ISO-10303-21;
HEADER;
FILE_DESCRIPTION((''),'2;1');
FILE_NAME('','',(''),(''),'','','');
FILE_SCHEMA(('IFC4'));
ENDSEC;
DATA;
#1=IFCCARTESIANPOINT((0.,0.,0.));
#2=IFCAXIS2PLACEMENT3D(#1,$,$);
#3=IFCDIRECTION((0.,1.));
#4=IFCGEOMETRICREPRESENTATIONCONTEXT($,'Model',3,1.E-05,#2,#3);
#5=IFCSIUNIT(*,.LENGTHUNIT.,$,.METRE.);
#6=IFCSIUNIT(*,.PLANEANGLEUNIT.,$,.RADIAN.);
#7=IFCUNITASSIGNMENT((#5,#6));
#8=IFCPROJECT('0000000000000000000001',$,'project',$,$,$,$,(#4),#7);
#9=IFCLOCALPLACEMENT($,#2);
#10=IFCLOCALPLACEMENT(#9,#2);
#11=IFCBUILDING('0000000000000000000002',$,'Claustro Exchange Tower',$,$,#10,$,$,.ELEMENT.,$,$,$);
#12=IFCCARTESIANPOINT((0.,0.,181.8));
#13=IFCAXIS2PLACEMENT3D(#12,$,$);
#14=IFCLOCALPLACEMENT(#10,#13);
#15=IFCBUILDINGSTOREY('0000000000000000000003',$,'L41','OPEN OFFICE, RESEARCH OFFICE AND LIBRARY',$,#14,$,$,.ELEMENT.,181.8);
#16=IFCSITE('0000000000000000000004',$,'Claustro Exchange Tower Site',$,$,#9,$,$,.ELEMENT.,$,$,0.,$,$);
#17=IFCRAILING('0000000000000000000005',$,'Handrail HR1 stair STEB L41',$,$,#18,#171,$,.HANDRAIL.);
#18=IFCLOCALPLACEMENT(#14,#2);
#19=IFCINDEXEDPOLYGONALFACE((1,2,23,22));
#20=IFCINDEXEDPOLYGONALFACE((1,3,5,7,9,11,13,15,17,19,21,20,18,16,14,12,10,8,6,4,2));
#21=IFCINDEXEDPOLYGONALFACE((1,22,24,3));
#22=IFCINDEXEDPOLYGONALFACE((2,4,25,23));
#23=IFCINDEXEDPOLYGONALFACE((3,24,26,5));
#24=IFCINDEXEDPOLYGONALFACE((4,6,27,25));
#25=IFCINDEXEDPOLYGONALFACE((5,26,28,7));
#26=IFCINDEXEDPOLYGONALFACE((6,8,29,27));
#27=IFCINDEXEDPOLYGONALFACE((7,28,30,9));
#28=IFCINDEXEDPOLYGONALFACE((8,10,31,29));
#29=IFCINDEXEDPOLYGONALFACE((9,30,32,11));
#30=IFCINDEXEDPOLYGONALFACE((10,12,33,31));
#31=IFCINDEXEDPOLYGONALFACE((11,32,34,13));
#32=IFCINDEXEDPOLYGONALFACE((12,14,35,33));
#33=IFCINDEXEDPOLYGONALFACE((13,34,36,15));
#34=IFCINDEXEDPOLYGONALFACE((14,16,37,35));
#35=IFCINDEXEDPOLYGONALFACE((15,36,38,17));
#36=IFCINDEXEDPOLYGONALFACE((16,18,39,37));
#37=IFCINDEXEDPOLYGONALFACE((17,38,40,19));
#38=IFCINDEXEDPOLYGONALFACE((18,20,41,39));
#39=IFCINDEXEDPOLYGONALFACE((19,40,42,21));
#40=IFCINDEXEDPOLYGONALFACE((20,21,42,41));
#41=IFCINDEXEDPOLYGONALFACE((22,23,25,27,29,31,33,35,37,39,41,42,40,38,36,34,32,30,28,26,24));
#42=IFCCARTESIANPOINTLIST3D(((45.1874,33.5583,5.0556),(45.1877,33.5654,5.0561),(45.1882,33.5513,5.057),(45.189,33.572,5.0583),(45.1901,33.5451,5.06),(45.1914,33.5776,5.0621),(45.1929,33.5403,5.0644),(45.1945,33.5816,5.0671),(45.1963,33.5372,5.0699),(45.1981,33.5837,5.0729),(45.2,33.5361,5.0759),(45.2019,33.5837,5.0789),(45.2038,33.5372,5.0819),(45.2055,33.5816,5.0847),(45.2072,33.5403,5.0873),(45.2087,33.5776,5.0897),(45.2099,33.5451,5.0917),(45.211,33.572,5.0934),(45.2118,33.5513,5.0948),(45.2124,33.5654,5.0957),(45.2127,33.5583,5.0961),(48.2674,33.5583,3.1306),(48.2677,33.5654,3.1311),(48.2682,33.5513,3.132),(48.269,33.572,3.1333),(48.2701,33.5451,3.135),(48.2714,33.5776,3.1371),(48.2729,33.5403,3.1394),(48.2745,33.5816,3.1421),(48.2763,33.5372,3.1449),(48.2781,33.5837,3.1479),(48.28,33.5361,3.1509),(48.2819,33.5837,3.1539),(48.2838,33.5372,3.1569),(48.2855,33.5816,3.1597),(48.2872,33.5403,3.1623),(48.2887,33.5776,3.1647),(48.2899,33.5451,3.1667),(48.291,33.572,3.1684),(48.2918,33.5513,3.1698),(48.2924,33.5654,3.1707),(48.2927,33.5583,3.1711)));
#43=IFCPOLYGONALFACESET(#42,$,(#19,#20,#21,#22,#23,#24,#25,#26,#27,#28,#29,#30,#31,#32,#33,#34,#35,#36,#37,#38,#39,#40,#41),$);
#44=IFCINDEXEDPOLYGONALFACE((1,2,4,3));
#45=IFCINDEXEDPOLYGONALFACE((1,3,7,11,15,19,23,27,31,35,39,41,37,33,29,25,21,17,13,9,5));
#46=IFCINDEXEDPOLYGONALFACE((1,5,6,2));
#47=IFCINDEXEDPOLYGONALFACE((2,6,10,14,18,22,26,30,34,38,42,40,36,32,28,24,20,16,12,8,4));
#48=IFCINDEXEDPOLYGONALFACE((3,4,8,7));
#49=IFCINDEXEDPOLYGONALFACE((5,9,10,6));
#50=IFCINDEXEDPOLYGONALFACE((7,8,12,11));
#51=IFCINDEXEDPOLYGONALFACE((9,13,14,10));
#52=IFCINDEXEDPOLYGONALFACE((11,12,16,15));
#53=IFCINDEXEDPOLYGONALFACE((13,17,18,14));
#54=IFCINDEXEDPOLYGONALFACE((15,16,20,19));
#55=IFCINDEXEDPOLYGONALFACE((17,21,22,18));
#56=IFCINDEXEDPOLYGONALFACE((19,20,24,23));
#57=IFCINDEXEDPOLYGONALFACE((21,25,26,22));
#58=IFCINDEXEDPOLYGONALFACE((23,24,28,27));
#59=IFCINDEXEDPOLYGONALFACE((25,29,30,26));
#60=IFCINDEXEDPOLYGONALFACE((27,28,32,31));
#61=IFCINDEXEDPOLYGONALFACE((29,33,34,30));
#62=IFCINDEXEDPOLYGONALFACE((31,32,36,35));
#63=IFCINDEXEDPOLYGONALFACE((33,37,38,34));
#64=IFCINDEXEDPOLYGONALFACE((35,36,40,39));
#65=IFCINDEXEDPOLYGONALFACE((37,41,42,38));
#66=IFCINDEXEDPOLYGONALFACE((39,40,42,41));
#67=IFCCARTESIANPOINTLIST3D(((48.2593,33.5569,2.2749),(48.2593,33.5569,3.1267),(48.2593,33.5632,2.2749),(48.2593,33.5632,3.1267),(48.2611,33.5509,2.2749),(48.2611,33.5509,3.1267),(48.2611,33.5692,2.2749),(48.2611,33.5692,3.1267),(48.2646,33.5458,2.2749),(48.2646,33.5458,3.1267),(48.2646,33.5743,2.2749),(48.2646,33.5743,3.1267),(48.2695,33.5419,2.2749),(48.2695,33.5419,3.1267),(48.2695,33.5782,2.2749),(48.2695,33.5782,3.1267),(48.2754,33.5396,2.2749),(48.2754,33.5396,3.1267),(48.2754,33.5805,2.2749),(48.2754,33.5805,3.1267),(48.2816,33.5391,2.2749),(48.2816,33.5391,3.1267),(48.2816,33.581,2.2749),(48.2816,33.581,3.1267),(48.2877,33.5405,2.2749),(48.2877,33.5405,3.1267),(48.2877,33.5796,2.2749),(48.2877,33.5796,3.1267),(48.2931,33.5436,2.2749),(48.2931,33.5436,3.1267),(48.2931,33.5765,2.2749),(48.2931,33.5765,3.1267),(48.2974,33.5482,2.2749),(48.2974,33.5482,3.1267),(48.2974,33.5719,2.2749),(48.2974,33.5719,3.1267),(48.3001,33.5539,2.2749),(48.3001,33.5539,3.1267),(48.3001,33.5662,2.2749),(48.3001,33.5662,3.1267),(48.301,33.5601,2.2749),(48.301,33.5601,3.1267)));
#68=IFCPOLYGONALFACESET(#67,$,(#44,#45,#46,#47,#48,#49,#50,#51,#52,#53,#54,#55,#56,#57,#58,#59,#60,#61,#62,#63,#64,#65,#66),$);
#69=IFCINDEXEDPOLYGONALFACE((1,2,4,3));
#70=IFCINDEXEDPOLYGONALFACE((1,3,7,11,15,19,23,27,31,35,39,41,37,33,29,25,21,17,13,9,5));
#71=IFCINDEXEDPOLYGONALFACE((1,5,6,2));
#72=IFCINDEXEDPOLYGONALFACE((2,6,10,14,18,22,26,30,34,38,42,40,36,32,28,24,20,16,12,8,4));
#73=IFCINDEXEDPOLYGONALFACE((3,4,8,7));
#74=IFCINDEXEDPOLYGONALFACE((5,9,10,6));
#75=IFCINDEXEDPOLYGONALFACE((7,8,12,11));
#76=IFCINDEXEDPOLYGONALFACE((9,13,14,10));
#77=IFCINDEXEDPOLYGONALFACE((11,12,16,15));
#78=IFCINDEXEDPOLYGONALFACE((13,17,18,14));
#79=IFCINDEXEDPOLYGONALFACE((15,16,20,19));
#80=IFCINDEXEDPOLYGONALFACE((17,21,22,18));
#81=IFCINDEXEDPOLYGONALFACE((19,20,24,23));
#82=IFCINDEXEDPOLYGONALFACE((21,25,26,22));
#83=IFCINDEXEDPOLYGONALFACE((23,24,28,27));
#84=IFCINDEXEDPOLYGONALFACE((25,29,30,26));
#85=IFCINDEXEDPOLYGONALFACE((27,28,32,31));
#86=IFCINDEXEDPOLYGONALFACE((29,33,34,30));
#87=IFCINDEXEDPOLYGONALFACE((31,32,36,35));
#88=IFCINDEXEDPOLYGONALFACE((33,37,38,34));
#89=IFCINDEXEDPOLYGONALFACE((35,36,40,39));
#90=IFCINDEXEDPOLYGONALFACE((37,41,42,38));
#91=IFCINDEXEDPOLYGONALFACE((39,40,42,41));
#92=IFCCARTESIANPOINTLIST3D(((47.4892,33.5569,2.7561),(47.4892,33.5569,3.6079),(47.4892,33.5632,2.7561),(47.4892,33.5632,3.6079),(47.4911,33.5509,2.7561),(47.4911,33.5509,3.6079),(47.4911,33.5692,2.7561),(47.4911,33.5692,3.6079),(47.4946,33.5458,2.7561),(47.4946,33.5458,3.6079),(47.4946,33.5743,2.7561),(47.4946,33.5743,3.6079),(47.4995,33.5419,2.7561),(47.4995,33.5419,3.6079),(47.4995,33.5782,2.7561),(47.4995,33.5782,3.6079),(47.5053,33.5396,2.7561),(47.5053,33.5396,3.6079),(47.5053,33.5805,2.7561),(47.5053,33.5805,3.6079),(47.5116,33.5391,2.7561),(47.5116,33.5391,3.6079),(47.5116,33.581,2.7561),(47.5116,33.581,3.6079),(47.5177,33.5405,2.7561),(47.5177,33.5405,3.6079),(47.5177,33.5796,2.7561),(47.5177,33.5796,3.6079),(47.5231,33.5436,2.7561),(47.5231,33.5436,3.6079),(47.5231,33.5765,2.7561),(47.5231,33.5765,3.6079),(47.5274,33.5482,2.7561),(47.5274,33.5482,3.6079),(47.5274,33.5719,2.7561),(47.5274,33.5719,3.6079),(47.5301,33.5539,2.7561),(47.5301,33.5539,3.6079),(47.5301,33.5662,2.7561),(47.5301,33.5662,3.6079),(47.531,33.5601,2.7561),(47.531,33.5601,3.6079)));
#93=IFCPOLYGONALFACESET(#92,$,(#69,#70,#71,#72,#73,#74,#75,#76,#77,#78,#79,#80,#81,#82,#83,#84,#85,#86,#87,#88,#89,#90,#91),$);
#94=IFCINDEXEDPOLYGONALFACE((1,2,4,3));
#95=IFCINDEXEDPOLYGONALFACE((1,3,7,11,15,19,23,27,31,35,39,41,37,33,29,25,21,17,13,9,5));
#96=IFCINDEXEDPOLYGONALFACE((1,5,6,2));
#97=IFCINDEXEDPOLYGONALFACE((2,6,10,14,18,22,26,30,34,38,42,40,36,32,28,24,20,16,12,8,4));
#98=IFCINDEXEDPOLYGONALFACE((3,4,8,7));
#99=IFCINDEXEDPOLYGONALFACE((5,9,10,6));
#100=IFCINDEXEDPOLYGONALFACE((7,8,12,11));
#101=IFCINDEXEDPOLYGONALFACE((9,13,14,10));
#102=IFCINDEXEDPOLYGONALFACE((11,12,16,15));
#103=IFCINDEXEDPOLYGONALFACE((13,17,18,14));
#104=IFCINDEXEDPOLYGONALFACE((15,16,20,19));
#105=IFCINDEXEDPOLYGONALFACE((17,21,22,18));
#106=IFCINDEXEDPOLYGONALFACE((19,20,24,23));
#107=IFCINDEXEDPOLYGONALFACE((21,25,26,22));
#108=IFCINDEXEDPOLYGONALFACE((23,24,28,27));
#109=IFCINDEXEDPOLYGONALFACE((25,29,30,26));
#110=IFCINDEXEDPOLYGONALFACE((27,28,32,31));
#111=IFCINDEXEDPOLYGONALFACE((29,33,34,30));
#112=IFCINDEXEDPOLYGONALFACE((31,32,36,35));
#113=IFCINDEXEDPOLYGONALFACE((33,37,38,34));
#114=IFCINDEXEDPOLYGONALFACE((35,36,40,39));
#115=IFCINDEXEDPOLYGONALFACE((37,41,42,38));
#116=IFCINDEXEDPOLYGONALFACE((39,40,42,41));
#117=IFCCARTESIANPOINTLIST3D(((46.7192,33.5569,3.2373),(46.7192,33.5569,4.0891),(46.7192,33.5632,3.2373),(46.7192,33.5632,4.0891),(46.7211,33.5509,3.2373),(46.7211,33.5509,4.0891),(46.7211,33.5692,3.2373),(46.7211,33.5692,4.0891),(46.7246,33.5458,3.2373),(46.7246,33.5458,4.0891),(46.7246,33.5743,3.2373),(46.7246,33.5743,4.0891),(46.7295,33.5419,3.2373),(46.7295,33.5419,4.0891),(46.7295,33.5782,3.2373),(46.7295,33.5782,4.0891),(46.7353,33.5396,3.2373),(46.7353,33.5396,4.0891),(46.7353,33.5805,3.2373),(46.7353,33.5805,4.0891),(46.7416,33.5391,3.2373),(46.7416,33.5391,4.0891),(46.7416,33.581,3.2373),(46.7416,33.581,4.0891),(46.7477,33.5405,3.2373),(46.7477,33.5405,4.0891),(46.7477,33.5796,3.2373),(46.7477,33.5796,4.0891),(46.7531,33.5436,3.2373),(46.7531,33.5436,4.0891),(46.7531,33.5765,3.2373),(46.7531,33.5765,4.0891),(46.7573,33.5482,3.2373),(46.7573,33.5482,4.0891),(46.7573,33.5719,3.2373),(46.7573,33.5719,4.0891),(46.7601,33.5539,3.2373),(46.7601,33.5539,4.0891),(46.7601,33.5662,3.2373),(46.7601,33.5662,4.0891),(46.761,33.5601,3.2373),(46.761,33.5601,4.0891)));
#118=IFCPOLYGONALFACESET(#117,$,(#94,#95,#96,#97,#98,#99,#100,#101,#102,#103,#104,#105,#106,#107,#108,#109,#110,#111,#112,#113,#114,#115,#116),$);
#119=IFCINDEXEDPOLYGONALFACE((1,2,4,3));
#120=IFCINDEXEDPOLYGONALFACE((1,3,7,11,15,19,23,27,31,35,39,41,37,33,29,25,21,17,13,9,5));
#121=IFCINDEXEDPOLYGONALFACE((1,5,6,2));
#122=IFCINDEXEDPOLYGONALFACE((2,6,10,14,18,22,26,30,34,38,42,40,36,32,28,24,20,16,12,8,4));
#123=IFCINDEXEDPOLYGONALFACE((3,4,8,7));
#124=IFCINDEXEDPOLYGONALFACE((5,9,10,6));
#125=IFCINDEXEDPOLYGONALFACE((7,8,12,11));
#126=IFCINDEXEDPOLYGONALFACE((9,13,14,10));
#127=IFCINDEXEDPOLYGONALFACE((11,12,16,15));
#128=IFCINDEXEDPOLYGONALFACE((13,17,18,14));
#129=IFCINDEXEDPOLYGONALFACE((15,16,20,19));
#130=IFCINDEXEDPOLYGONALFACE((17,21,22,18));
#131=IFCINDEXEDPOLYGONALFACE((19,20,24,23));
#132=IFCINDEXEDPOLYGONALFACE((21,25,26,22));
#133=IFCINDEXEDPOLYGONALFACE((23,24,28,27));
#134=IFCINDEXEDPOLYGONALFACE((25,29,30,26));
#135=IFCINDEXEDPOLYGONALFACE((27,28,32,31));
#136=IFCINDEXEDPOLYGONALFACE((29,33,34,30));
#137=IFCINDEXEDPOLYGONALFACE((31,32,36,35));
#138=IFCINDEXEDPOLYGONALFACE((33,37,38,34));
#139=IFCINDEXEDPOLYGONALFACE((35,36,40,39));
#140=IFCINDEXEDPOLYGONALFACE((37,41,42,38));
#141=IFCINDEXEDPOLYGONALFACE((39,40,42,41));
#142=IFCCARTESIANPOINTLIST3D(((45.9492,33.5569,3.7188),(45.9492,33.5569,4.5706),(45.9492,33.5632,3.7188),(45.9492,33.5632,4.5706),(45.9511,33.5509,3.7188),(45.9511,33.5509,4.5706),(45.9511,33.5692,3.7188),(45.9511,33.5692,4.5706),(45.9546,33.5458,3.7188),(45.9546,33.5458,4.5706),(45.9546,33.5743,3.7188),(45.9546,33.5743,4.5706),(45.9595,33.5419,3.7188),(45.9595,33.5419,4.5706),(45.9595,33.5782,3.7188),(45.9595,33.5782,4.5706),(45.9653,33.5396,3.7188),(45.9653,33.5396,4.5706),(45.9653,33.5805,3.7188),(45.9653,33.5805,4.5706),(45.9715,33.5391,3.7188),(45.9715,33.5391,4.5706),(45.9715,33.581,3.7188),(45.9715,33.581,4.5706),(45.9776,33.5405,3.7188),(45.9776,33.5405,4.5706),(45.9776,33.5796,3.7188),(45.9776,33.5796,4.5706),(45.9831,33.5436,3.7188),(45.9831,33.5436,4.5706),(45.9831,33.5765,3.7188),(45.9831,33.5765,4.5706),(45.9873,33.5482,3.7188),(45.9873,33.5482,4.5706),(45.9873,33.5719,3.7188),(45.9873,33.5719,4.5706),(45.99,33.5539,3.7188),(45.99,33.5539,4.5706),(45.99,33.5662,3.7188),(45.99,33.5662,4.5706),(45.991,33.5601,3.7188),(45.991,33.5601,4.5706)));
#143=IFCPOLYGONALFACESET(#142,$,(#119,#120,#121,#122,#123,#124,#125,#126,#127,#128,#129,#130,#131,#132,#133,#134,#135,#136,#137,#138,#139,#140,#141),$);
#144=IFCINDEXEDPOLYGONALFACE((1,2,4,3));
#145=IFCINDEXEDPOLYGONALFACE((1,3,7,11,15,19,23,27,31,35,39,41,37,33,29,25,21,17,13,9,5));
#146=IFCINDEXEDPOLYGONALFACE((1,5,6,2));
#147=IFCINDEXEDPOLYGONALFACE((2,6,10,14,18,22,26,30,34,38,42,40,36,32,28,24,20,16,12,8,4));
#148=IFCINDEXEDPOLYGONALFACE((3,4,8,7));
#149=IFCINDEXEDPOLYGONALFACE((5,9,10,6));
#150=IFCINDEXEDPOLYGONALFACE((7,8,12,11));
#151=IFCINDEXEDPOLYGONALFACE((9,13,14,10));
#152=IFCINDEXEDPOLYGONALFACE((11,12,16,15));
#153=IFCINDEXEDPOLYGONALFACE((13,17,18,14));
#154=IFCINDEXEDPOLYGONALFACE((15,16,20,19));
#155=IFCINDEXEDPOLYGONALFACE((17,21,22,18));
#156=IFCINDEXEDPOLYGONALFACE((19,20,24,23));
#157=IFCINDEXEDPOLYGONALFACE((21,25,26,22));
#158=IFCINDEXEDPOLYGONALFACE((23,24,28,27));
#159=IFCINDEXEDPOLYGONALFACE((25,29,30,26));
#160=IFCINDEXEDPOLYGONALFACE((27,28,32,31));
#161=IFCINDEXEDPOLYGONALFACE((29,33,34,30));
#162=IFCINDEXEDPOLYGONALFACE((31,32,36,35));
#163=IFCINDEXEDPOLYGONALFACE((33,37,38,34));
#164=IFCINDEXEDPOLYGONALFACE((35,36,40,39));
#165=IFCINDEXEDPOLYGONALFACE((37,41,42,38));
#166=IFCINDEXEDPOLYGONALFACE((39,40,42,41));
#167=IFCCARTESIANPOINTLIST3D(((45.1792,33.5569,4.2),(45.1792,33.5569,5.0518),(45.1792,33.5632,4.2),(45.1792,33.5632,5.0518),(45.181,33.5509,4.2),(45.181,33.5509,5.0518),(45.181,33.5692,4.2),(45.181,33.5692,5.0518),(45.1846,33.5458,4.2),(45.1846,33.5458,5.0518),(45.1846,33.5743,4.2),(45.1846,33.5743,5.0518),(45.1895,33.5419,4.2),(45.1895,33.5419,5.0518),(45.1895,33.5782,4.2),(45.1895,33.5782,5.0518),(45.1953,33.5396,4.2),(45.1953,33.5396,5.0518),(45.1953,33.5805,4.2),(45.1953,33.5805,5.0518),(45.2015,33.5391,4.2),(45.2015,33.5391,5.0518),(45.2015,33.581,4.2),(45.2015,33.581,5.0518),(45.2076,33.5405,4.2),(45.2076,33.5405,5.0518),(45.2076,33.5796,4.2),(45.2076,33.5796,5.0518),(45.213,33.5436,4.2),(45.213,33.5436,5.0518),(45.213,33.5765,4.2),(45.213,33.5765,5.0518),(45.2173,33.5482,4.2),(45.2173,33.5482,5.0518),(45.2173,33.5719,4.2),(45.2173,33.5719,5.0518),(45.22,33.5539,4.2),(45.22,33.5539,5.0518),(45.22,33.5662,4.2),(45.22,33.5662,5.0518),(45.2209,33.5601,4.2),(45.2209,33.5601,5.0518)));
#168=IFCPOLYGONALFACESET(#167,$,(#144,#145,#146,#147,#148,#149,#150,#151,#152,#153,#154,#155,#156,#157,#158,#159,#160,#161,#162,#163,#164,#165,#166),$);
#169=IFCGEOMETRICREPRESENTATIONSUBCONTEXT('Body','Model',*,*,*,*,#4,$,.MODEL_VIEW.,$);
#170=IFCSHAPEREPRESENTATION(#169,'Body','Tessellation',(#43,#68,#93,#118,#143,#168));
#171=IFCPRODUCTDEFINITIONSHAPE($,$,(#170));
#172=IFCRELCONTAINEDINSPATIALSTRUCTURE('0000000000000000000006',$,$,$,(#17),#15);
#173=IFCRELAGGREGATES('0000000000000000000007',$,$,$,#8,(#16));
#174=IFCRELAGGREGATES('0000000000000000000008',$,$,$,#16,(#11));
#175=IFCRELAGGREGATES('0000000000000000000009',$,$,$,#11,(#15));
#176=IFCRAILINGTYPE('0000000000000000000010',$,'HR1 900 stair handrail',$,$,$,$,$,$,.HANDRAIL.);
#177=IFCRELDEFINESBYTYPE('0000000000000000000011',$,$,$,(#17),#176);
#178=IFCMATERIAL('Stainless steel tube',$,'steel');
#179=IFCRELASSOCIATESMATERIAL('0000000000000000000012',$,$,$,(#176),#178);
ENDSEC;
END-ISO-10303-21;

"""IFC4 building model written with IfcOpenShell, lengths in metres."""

from ifc_helpers import new_model, si_unit, direction, frame, origin, origin_2d, place, context, subcontext, project, spatial, circle, extrude, material, type_object, element, save


model = new_model("IFC4")

# Units and contexts
model_context = context("Model", 3, precision=1e-05, world=origin(), true_north=direction((0.0, 1.0)))
body_context = subcontext(model_context, "Body", "Model", "MODEL_VIEW")
ifc_project = project(units=[si_unit("LENGTHUNIT", "METRE"), si_unit("PLANEANGLEUNIT", "RADIAN")], contexts=[model_context])

# Site, building, storey
site_placement = place(None, origin())
site = spatial("IfcSite", under=ifc_project, at=site_placement, Name="Claustro Exchange Tower Site", CompositionType="ELEMENT", RefElevation=0.0)
building_placement = place(site_placement, origin())
building = spatial("IfcBuilding", under=site, at=building_placement, Name="Claustro Exchange Tower", CompositionType="ELEMENT")
storey_placement = place(building_placement, frame((0.0, 0.0, 181.8)))
storey = spatial("IfcBuildingStorey", under=building, at=storey_placement, Name="L41", Description="OPEN OFFICE, RESEARCH OFFICE AND LIBRARY", CompositionType="ELEMENT", Elevation=181.8)

# Railing
ifc_material_1 = material(Name="Stainless steel tube", Category="steel")
railing_type_1 = type_object("IfcRailingType", Name="HR1 900 stair handrail", PredefinedType="HANDRAIL", material=ifc_material_1)
railing_1_placement = place(storey_placement, frame((48.28, 33.5601, 2.2749)))
element("IfcRailing", 1, at=railing_1_placement, inside=storey, type_object=railing_type_1, Name="Handrail HR1 stair STEB L41", PredefinedType="HANDRAIL", context=body_context, shape_type="SweptSolid", body=[
    extrude(circle(Radius=0.0239, at=origin_2d()), frame((0.0, 0.0, 0.876), z_axis=(-0.847998, 0.0, 0.529999), x_axis=(0.0, -1.0, 0.0)), (0.0, 0.0, 1.0), 3.6321),
    extrude(circle(Radius=0.021, at=origin_2d()), origin(), (0.0, 0.0, 1.0), 0.8518),
    extrude(circle(Radius=0.021, at=origin_2d()), frame((-0.77, 0.0, 0.4812)), (0.0, 0.0, 1.0), 0.8518),
    extrude(circle(Radius=0.021, at=origin_2d()), frame((-1.54, 0.0, 0.9624)), (0.0, 0.0, 1.0), 0.8518),
    extrude(circle(Radius=0.021, at=origin_2d()), frame((-2.3101, 0.0, 1.4438)), (0.0, 0.0, 1.0), 0.8518),
    extrude(circle(Radius=0.021, at=origin_2d()), frame((-3.0801, 0.0, 1.925)), (0.0, 0.0, 1.0), 0.8518),
])

save(model, "model.ifc")
